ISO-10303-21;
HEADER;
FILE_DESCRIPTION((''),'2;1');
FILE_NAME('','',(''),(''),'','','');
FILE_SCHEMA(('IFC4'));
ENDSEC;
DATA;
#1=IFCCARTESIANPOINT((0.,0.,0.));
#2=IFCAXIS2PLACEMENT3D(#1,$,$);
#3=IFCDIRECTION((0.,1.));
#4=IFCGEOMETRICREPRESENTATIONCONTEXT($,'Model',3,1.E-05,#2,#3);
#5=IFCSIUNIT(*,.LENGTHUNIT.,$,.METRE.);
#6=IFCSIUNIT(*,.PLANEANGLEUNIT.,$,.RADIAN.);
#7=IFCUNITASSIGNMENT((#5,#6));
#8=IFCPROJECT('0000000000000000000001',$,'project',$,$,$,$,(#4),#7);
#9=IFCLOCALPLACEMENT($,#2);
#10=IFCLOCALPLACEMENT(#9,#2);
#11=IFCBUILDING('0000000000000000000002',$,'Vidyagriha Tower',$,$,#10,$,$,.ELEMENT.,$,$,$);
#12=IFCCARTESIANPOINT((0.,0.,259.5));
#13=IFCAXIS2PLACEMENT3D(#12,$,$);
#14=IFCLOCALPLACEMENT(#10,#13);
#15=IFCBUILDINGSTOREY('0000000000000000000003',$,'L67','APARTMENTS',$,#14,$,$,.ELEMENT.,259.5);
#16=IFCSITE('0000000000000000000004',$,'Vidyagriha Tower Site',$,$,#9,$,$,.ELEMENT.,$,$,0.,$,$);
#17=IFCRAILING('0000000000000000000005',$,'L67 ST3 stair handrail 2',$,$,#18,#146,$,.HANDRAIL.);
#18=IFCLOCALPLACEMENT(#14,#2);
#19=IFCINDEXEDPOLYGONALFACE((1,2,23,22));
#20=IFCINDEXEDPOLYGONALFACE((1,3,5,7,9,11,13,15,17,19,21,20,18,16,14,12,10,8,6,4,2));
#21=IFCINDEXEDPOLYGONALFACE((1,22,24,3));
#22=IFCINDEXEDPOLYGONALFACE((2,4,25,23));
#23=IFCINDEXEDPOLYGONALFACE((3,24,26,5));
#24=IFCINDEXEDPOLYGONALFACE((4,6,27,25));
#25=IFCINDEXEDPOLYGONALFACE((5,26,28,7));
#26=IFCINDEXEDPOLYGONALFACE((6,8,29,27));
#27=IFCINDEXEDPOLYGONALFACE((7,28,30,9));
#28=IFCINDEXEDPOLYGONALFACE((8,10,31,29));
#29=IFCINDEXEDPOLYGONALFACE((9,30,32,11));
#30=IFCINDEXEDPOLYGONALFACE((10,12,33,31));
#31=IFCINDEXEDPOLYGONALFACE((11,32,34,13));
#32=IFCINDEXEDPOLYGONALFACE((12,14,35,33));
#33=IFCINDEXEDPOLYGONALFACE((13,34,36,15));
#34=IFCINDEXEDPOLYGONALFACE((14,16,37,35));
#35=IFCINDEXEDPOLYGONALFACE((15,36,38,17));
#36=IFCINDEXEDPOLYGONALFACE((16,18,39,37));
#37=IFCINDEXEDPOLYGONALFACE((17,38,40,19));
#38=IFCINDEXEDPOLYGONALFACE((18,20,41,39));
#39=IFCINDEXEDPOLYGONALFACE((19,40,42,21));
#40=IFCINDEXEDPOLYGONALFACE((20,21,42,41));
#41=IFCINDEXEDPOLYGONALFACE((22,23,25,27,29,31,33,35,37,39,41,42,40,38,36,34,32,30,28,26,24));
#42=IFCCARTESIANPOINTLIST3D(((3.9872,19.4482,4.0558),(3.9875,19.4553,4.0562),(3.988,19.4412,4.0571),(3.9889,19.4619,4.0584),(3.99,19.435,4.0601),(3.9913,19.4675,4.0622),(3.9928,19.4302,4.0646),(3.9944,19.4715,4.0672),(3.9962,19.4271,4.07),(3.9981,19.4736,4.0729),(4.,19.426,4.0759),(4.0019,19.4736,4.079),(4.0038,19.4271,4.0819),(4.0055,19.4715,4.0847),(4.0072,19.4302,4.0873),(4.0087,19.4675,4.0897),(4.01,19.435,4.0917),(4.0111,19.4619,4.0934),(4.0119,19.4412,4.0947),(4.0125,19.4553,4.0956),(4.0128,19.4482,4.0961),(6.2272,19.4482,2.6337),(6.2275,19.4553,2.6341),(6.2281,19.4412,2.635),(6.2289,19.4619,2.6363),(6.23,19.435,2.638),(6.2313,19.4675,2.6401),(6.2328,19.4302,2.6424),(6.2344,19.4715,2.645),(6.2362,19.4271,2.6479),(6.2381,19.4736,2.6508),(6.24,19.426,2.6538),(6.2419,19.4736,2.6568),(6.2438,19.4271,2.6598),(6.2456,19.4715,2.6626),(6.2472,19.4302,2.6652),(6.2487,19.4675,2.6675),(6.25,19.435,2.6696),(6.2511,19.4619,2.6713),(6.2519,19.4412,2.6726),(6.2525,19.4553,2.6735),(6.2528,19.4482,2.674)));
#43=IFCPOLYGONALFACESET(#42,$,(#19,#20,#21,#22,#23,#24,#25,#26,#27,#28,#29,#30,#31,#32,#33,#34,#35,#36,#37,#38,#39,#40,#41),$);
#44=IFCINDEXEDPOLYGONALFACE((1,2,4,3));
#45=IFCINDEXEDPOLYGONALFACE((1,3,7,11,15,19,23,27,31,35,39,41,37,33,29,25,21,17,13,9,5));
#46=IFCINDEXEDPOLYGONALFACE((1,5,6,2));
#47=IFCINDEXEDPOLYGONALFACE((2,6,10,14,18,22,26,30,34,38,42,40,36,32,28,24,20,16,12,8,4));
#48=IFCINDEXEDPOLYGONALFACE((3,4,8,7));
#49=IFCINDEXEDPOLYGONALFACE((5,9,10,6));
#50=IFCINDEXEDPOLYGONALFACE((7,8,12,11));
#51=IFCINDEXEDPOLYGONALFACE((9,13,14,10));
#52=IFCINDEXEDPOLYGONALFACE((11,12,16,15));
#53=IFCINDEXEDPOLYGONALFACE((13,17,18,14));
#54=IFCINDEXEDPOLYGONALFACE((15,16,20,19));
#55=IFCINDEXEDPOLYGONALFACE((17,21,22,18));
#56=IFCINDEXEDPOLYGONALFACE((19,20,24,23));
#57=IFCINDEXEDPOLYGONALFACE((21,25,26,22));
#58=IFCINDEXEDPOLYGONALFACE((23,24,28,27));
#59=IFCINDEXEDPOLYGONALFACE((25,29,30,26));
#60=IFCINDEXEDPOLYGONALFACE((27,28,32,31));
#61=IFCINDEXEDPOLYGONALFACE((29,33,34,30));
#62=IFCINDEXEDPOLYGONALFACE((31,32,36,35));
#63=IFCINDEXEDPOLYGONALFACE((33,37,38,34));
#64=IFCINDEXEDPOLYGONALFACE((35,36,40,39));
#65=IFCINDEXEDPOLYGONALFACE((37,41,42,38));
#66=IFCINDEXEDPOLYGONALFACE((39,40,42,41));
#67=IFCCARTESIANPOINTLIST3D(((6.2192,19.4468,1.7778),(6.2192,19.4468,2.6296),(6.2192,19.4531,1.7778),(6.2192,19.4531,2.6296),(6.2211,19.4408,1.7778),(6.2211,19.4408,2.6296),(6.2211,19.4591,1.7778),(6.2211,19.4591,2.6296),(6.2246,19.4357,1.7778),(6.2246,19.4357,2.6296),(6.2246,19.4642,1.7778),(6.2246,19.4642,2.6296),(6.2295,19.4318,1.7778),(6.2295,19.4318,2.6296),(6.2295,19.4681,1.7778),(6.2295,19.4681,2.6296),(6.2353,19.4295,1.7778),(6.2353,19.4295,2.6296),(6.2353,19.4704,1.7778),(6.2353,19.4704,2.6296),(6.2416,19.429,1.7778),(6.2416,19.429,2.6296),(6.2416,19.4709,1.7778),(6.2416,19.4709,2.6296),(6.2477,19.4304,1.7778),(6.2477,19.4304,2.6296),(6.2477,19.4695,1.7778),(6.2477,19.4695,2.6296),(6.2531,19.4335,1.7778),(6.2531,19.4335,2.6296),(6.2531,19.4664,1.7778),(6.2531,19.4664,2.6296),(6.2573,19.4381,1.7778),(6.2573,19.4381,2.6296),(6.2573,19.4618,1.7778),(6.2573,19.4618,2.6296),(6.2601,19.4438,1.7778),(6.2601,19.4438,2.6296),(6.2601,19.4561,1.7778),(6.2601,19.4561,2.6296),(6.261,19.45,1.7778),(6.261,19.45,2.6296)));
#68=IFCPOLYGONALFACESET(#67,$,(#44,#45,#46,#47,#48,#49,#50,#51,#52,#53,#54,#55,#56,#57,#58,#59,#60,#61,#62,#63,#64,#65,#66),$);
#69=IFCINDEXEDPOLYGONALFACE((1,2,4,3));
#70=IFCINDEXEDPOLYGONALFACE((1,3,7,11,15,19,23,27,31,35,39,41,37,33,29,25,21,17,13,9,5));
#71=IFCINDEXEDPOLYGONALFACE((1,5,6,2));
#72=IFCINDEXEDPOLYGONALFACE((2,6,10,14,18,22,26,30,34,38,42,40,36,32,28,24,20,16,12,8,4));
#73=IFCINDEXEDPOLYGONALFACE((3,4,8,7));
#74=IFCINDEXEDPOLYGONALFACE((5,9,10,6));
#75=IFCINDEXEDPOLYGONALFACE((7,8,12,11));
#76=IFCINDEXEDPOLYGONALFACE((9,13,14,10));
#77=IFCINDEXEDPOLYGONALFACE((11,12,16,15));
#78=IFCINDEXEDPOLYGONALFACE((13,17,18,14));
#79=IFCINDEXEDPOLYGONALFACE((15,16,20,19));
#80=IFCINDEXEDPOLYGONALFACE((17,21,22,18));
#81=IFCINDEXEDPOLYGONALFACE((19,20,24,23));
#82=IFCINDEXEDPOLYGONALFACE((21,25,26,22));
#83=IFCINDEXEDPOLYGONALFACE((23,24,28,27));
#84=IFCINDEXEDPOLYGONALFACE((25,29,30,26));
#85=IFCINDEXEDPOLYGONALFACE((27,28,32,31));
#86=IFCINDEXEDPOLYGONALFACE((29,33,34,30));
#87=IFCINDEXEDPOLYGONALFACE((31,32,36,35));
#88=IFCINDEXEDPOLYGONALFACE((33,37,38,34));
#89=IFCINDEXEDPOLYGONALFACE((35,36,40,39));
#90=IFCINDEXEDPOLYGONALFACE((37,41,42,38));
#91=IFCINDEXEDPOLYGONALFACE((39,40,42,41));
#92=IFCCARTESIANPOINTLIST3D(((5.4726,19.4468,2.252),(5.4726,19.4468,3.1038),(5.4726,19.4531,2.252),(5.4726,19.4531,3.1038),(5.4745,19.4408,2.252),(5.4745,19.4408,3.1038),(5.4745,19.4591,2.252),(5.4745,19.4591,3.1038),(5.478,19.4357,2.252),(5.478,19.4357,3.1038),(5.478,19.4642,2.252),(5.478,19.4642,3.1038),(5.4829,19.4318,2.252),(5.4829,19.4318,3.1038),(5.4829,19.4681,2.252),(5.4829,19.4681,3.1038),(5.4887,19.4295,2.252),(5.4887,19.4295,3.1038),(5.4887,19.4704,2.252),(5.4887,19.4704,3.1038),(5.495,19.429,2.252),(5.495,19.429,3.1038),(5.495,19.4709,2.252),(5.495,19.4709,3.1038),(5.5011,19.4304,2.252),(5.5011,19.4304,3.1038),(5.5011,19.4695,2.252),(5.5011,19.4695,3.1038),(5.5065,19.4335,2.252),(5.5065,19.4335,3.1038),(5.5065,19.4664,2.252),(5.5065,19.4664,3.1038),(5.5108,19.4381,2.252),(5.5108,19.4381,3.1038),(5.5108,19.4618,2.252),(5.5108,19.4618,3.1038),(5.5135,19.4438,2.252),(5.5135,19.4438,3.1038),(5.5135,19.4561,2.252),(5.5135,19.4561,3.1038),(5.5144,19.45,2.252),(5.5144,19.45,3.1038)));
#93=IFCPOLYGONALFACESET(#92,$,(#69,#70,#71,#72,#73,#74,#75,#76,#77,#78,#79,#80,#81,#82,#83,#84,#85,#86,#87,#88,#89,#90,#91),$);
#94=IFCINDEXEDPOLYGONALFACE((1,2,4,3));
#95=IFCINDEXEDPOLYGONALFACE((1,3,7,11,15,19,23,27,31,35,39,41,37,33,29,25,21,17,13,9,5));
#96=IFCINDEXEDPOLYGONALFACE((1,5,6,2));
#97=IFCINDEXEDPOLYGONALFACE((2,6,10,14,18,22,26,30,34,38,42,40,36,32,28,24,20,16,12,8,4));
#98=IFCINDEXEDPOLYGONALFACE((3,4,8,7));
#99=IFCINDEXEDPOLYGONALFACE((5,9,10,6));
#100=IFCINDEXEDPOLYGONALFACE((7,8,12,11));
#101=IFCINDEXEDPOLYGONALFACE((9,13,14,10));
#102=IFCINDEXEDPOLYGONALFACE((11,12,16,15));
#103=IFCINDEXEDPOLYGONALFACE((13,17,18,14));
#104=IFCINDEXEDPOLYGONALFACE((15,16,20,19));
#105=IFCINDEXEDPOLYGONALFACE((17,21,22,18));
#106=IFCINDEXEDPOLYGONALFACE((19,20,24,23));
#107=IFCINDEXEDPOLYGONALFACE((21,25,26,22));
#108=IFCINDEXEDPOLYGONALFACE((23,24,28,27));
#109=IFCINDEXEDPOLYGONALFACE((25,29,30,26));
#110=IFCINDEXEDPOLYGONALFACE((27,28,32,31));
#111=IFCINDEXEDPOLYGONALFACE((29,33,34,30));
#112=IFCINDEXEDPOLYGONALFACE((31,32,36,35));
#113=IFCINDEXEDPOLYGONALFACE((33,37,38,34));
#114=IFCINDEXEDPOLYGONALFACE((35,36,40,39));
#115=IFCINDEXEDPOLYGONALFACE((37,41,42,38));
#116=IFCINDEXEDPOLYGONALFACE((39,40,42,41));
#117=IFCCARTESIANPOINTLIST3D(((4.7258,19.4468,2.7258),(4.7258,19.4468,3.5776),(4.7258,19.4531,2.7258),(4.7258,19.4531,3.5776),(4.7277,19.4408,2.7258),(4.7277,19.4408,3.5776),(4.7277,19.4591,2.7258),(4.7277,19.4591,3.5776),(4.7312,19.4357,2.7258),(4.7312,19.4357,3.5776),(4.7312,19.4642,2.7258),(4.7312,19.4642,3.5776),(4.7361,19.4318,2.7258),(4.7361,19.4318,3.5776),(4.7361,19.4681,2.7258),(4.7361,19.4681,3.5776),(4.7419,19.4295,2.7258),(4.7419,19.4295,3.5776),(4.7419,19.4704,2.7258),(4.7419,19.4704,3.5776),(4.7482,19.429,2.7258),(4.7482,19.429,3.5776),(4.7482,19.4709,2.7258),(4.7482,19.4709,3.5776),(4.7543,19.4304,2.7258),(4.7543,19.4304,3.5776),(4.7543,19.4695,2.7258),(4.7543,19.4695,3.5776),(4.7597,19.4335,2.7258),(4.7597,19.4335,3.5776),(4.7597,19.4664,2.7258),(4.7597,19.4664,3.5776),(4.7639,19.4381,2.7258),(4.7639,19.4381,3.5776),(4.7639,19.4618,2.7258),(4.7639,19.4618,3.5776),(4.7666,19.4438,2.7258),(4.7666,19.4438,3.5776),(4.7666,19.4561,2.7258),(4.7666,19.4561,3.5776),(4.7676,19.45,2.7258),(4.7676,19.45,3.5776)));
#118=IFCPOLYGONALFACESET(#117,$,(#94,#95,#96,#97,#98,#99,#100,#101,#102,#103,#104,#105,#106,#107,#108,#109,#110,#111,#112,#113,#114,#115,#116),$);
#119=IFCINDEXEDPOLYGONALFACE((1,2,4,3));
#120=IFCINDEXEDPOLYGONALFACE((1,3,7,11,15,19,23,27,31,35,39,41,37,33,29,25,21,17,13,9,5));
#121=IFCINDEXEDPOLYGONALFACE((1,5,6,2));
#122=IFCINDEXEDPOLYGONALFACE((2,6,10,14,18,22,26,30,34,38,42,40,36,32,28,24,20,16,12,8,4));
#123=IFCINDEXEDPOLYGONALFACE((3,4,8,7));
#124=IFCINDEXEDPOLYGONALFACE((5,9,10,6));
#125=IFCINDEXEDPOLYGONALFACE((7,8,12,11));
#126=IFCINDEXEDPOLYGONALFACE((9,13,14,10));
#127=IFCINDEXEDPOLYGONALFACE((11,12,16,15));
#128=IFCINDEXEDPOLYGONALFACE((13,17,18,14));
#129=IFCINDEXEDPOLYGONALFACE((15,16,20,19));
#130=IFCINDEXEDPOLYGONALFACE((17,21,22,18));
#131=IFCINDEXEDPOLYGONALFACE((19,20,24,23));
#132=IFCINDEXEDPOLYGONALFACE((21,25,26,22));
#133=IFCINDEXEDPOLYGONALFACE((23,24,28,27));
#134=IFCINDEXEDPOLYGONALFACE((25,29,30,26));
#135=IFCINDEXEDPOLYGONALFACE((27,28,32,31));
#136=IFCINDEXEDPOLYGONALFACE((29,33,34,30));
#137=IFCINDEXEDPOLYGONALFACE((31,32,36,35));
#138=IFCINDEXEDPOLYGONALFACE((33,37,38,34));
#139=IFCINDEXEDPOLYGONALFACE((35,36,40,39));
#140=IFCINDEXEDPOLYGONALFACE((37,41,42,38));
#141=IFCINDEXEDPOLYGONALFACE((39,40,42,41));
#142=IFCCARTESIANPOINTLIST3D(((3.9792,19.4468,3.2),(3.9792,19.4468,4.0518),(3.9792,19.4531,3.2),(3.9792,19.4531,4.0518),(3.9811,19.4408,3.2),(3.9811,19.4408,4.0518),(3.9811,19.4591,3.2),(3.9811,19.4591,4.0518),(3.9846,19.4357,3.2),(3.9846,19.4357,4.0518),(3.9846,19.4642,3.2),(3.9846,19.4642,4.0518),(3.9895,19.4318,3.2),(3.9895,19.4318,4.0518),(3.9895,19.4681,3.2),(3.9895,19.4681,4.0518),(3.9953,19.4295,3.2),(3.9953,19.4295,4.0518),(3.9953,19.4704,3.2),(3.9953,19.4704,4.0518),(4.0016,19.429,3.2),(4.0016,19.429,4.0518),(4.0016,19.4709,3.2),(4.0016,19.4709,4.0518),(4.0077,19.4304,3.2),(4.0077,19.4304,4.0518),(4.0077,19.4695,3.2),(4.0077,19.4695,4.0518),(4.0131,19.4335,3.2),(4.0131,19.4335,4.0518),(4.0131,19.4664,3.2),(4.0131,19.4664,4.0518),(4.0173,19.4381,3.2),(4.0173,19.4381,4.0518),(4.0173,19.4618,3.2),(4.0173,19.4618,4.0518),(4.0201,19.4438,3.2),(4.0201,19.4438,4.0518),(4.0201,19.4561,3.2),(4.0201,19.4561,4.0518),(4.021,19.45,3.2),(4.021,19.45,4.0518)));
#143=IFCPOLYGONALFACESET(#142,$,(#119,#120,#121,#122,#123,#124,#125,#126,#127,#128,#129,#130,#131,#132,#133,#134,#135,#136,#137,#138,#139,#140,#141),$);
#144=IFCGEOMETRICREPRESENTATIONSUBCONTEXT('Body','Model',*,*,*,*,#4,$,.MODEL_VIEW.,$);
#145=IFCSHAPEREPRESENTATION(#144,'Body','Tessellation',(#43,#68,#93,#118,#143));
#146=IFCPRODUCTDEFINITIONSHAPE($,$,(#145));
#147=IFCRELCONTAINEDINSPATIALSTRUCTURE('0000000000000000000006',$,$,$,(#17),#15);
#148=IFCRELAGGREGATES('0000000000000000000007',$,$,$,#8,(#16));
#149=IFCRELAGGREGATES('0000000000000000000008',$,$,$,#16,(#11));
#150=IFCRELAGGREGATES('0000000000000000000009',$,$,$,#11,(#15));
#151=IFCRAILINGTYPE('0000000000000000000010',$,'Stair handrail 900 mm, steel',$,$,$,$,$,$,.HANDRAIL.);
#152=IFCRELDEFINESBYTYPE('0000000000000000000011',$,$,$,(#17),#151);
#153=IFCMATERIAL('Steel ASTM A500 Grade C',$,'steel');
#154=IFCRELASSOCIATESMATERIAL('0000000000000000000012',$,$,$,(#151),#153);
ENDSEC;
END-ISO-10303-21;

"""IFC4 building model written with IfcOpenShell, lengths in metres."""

from ifc_helpers import new_model, si_unit, direction, frame, origin, origin_2d, place, context, subcontext, project, spatial, circle, extrude, material, type_object, element, save


model = new_model("IFC4")

# Units and contexts
model_context = context("Model", 3, precision=1e-05, world=origin(), true_north=direction((0.0, 1.0)))
body_context = subcontext(model_context, "Body", "Model", "MODEL_VIEW")
ifc_project = project(units=[si_unit("LENGTHUNIT", "METRE"), si_unit("PLANEANGLEUNIT", "RADIAN")], contexts=[model_context])

# Site, building, storey
site_placement = place(None, origin())
site = spatial("IfcSite", under=ifc_project, at=site_placement, Name="Vidyagriha Tower Site", CompositionType="ELEMENT", RefElevation=0.0)
building_placement = place(site_placement, origin())
building = spatial("IfcBuilding", under=site, at=building_placement, Name="Vidyagriha Tower", CompositionType="ELEMENT")
storey_placement = place(building_placement, frame((0.0, 0.0, 259.5)))
storey = spatial("IfcBuildingStorey", under=building, at=storey_placement, Name="L67", Description="APARTMENTS", CompositionType="ELEMENT", Elevation=259.5)

# Railing
ifc_material_1 = material(Name="Steel ASTM A500 Grade C", Category="steel")
railing_type_1 = type_object("IfcRailingType", Name="Stair handrail 900 mm, steel", PredefinedType="HANDRAIL", material=ifc_material_1)
for number, where, name in (
    (1, (6.24, 19.45, 1.7778), "L67 ST3 stair handrail 2"),
):
    element("IfcRailing", number, at=place(storey_placement, frame(where)), inside=storey, type_object=railing_type_1, Name=name, PredefinedType="HANDRAIL", context=body_context, shape_type="SweptSolid", body=[
        extrude(circle(Radius=0.0239, at=origin_2d()), frame((0.0, 0.0, 0.876), z_axis=(-0.844229, 0.0, 0.535982), x_axis=(0.0, -1.0, 0.0)), (0.0, 0.0, 1.0), 2.6533),
        extrude(circle(Radius=0.021, at=origin_2d()), origin(), (0.0, 0.0, 1.0), 0.8518),
        extrude(circle(Radius=0.021, at=origin_2d()), frame((-0.7466, 0.0, 0.4741)), (0.0, 0.0, 1.0), 0.8518),
        extrude(circle(Radius=0.021, at=origin_2d()), frame((-1.4934, 0.0, 0.948)), (0.0, 0.0, 1.0), 0.8518),
        extrude(circle(Radius=0.021, at=origin_2d()), frame((-2.24, 0.0, 1.4221)), (0.0, 0.0, 1.0), 0.8518),
    ])

save(model, "model.ifc")
